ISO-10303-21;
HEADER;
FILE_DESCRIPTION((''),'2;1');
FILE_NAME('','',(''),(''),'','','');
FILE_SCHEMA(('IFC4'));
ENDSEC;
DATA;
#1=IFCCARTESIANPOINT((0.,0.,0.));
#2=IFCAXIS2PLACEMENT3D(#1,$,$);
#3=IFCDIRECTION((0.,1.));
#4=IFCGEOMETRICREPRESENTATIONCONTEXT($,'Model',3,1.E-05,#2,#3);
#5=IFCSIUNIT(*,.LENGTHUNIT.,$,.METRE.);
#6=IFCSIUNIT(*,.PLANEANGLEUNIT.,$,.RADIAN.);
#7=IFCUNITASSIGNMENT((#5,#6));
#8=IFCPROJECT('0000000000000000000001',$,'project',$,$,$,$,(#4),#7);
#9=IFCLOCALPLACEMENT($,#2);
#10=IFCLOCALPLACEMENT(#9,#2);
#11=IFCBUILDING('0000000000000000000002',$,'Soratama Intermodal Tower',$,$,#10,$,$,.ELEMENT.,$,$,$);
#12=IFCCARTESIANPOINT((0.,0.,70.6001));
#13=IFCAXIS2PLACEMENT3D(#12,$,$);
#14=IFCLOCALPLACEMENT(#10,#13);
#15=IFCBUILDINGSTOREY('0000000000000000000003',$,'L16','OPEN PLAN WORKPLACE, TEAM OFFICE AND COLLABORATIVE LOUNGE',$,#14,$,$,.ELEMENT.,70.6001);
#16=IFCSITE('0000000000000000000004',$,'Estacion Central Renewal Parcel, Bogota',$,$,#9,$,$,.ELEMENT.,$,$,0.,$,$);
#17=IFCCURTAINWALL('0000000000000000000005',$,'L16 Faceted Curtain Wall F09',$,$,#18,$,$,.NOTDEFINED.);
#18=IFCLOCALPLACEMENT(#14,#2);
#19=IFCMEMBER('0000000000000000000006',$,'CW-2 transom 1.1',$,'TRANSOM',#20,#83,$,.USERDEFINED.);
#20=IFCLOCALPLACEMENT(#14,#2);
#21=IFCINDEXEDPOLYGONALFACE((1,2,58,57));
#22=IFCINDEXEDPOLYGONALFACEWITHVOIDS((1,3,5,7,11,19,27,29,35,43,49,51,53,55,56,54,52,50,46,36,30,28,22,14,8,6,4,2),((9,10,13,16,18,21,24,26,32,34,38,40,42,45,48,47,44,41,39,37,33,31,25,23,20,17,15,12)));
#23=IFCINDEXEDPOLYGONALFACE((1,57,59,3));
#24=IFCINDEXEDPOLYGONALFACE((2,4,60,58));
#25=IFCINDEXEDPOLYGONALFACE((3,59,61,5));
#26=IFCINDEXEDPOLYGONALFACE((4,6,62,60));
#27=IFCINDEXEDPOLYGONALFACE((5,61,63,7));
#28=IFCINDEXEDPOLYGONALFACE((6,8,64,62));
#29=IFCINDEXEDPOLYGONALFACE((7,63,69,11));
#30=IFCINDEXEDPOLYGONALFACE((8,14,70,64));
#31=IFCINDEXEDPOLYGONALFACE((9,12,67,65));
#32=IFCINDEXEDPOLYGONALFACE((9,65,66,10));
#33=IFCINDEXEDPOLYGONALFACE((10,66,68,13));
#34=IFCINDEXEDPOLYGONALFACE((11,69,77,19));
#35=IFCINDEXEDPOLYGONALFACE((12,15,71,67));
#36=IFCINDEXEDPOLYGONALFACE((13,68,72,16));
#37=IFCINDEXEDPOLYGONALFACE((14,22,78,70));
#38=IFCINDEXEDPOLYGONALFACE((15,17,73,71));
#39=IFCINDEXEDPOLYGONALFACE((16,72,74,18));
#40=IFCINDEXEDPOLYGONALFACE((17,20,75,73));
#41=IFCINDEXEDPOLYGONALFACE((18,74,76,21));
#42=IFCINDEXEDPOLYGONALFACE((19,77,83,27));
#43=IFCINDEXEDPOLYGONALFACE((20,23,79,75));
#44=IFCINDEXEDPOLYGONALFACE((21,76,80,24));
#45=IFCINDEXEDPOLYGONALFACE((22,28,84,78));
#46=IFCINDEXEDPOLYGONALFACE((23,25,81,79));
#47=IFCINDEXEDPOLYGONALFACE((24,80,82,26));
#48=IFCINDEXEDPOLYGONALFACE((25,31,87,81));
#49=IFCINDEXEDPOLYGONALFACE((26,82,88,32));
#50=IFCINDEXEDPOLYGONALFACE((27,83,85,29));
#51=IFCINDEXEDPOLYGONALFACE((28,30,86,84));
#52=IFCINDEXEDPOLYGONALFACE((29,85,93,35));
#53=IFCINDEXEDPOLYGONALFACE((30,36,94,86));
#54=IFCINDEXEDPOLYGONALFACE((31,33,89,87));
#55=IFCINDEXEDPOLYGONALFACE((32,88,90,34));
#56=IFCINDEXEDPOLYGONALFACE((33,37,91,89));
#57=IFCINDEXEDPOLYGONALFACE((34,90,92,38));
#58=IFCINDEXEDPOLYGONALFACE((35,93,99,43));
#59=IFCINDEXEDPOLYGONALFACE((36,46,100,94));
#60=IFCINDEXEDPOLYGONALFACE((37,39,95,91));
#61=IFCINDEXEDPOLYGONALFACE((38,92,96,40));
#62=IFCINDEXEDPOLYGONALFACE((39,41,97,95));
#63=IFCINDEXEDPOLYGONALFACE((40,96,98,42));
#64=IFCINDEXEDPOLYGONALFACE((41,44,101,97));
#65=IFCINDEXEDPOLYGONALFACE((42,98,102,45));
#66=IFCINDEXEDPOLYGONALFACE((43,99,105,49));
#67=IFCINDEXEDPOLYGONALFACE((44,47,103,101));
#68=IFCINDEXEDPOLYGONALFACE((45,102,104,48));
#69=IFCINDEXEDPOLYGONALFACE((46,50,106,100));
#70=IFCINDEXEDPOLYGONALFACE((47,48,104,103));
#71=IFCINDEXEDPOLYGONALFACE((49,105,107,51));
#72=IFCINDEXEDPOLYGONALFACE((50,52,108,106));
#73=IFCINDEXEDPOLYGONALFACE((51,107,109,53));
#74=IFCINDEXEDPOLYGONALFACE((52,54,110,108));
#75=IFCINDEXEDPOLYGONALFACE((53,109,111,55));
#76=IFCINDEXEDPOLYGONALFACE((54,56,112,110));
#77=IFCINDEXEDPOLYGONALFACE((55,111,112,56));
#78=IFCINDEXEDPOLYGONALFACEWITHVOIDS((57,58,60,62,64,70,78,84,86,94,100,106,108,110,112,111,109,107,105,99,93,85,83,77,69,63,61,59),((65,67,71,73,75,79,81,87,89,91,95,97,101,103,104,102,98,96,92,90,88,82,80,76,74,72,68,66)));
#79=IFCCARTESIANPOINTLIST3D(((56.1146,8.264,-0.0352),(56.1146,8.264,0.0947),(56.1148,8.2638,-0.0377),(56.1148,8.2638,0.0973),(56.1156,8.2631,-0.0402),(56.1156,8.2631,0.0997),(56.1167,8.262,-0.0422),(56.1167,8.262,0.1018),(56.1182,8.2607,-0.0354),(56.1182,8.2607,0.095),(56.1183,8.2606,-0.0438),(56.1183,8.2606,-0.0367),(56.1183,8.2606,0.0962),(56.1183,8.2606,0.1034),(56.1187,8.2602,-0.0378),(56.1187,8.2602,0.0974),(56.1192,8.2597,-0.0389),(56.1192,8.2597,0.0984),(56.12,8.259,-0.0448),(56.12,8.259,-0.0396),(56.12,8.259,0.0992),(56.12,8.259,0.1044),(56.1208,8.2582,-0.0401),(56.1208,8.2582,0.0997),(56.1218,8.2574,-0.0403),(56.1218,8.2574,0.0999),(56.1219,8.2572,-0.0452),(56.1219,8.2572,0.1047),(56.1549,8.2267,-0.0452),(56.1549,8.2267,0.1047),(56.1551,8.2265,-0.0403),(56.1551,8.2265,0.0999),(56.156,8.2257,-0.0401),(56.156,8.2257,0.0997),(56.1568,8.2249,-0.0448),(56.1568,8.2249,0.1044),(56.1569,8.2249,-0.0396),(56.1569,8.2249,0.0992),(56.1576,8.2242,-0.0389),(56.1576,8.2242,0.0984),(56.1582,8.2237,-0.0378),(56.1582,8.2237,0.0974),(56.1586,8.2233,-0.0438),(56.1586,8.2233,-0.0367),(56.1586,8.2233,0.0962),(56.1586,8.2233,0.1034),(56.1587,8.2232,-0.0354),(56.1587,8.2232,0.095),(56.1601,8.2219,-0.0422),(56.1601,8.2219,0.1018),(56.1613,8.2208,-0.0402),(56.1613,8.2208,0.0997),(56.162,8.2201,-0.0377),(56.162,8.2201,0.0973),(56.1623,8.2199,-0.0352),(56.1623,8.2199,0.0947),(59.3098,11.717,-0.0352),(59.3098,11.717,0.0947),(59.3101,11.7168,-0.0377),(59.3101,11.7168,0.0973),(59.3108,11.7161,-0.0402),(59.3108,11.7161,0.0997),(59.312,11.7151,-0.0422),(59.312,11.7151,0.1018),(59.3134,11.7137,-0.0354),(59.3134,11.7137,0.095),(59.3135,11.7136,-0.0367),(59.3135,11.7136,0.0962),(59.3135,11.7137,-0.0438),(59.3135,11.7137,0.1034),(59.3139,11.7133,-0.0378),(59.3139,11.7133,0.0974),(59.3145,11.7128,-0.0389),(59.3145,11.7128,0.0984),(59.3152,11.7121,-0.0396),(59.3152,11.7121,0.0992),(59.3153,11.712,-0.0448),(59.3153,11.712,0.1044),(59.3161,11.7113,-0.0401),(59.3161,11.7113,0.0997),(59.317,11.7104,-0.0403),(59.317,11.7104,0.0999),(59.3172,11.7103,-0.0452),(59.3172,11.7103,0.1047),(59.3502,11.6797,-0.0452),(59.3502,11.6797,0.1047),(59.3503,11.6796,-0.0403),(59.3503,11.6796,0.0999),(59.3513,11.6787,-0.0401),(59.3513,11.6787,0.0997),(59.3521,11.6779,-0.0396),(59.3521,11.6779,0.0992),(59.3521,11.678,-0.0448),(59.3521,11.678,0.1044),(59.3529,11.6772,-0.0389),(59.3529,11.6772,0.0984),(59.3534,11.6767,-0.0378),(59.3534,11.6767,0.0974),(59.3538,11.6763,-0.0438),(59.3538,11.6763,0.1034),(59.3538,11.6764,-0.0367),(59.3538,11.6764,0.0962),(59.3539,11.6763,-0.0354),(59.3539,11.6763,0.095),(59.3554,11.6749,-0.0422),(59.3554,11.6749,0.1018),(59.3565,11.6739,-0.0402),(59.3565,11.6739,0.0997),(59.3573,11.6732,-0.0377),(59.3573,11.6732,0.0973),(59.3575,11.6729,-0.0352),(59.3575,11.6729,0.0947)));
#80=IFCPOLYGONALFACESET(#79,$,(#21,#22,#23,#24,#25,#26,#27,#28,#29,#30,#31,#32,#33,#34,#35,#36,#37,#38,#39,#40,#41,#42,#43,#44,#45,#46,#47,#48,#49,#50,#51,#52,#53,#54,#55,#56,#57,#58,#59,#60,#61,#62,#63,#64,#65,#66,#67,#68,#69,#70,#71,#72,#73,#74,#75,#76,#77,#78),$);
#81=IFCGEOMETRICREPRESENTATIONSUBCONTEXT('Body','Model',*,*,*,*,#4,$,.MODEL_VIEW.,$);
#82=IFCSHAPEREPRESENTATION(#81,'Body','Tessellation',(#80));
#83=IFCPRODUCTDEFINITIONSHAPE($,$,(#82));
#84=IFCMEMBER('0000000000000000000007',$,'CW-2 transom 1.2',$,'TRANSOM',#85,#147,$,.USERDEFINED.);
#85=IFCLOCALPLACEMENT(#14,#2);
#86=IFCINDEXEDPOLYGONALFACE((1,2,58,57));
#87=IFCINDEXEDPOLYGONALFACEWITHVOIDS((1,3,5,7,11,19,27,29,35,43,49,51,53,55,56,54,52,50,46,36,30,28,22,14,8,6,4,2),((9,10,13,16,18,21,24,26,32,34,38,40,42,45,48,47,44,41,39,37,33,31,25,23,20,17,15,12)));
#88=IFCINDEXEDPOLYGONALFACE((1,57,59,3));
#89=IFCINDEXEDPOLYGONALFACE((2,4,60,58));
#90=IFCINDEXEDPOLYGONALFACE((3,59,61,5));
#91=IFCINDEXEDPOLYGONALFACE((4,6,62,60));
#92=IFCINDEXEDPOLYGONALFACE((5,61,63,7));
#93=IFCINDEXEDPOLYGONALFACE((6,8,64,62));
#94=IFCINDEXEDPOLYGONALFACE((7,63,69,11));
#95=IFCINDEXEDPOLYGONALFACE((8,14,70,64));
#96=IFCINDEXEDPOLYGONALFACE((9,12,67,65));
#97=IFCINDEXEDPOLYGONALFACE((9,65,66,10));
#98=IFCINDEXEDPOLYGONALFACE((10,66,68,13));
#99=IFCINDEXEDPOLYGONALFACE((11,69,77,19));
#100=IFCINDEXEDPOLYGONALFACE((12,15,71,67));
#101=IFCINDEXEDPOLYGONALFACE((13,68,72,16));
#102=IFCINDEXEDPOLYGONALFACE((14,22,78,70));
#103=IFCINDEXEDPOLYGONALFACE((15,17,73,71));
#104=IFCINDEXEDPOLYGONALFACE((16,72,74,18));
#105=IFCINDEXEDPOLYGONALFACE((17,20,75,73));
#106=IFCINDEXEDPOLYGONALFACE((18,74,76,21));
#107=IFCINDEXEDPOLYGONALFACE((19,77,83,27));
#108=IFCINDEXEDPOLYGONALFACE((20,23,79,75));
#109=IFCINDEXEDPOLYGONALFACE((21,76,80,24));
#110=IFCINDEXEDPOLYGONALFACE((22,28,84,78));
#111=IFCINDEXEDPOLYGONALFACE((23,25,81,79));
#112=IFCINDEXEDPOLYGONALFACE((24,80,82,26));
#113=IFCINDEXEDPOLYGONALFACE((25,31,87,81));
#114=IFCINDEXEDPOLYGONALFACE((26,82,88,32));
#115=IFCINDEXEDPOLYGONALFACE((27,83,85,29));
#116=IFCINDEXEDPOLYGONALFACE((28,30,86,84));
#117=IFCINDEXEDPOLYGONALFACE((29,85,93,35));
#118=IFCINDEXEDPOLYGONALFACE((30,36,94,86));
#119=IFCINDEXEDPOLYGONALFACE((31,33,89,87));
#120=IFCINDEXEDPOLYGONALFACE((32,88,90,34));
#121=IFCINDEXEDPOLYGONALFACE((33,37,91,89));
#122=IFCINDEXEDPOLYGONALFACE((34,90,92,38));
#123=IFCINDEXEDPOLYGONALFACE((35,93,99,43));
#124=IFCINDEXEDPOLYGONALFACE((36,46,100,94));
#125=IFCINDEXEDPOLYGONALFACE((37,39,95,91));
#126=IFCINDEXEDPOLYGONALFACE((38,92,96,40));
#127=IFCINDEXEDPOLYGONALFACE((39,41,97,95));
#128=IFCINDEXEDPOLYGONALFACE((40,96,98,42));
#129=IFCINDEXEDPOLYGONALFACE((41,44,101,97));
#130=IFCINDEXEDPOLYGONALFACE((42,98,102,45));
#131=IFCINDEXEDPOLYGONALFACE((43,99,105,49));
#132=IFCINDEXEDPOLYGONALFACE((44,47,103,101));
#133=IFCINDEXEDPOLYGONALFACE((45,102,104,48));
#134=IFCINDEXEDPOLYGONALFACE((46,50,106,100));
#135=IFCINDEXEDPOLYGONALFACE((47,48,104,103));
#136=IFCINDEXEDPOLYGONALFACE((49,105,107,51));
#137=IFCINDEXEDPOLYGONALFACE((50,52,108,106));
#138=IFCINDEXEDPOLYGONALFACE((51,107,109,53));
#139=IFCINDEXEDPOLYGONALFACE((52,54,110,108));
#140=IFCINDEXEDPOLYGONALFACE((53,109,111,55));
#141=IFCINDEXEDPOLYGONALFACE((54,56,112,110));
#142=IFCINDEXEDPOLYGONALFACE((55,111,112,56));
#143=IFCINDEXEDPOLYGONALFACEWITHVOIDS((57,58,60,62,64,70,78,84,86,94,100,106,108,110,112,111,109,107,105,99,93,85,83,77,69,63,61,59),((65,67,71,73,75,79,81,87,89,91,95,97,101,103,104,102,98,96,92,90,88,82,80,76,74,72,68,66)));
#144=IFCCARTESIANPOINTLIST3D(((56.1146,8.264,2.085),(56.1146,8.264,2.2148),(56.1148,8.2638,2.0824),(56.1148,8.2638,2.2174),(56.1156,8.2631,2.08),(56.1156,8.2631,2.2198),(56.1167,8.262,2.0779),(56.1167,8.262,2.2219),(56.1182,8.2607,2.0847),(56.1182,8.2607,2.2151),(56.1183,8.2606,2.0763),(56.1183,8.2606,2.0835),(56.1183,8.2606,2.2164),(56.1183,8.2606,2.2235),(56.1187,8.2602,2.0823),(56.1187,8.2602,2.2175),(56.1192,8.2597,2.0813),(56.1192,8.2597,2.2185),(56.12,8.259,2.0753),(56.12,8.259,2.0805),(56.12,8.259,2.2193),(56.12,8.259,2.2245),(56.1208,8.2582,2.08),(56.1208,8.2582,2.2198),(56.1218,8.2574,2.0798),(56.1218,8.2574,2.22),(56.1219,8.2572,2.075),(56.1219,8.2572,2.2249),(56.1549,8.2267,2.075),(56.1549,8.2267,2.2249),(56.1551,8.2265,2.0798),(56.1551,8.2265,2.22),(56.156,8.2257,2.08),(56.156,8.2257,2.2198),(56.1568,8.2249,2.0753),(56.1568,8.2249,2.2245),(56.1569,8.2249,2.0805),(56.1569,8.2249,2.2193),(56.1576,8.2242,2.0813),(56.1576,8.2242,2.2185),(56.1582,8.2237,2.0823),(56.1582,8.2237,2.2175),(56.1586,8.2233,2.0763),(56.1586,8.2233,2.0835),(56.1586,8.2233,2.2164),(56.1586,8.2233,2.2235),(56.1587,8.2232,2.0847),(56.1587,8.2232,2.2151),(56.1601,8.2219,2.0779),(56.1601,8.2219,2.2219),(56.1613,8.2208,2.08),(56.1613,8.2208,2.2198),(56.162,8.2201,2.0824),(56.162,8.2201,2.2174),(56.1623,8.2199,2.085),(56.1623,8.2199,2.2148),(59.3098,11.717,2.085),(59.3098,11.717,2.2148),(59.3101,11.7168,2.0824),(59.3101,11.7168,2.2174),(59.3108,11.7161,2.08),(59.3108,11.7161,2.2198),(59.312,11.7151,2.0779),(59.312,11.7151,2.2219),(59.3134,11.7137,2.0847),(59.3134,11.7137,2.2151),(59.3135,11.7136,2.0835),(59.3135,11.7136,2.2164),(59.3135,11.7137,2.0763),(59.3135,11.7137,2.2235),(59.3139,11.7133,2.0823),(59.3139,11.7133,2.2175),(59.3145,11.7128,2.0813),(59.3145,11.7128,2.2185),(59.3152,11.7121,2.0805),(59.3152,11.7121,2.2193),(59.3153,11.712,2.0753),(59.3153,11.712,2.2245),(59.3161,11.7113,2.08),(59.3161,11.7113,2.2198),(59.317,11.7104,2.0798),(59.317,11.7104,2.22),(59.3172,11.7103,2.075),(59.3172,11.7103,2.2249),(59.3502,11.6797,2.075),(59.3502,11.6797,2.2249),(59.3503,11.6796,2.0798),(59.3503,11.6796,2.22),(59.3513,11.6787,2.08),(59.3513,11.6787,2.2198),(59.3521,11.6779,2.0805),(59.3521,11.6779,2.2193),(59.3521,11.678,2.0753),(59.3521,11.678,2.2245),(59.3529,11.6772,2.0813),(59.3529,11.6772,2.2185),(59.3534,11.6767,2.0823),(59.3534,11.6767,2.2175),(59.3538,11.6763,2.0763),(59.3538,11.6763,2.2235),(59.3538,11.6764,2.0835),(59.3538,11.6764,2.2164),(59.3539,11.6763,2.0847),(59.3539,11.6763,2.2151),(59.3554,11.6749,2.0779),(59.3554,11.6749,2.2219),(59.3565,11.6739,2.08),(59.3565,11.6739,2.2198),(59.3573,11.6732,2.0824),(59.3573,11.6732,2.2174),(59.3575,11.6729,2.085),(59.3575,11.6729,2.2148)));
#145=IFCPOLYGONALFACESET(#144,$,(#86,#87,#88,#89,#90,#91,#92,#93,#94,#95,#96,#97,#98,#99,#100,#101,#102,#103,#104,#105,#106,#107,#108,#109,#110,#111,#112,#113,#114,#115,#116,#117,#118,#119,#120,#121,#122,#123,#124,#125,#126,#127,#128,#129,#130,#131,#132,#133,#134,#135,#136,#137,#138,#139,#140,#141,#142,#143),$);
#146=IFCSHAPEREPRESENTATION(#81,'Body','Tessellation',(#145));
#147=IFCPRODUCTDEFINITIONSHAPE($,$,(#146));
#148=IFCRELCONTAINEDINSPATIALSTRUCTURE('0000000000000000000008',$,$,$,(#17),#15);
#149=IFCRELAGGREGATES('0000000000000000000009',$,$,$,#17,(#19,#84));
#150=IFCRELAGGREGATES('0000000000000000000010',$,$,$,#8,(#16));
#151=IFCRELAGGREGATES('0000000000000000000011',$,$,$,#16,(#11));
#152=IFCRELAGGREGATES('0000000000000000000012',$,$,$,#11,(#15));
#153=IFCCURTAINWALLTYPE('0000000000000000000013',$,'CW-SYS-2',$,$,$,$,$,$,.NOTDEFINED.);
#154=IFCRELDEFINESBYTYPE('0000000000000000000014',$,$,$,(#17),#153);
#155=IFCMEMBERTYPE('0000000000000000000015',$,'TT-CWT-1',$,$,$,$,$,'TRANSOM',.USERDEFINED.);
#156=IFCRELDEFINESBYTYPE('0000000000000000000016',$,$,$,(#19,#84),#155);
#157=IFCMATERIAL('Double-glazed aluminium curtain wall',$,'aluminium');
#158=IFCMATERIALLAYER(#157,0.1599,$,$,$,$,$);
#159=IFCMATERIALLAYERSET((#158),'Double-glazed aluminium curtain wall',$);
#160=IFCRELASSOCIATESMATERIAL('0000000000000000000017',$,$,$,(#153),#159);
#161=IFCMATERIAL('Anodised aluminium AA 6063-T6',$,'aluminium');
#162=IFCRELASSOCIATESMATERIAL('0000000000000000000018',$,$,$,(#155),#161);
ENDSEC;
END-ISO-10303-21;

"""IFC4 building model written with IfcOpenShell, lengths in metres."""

from ifc_helpers import new_model, si_unit, direction, frame, origin, origin_2d, place, context, subcontext, project, spatial, hollow_rectangle, extrude, material, layer, layer_set, material_profile, profile_set, type_object, element, aggregate, save


model = new_model("IFC4")

# Units and contexts
model_context = context("Model", 3, precision=1e-05, world=origin(), true_north=direction((0.0, 1.0)))
body_context = subcontext(model_context, "Body", "Model", "MODEL_VIEW")
ifc_project = project(units=[si_unit("LENGTHUNIT", "METRE"), si_unit("PLANEANGLEUNIT", "RADIAN")], contexts=[model_context])

# Site, building, storey
site_placement = place(None, origin())
site = spatial("IfcSite", under=ifc_project, at=site_placement, Name="Estacion Central Renewal Parcel, Bogota", CompositionType="ELEMENT", RefElevation=0.0)
building_placement = place(site_placement, origin())
building = spatial("IfcBuilding", under=site, at=building_placement, Name="Soratama Intermodal Tower", CompositionType="ELEMENT")
storey_placement = place(building_placement, frame((0.0, 0.0, 70.6001)))
storey = spatial("IfcBuildingStorey", under=building, at=storey_placement, Name="L16", Description="OPEN PLAN WORKPLACE, TEAM OFFICE AND COLLABORATIVE LOUNGE", CompositionType="ELEMENT", Elevation=70.6001)

# Curtain wall, members
ifc_material_1 = material(Name="Double-glazed aluminium curtain wall", Category="aluminium")
ifc_layer_1 = layer(ifc_material_1, 0.1599)
ifc_layer_set_1 = layer_set([ifc_layer_1], Name="Double-glazed aluminium curtain wall")
curtain_wall_type = type_object("IfcCurtainWallType", Name="CW-SYS-2", PredefinedType="NOTDEFINED", material=ifc_layer_set_1)
curtain_wall_placement = place(storey_placement, origin())
curtain_wall = element("IfcCurtainWall", 1, at=curtain_wall_placement, inside=storey, type_object=curtain_wall_type, Name="L16 Faceted Curtain Wall F09", PredefinedType="NOTDEFINED")
ifc_material_2 = material(Name="Anodised aluminium AA 6063-T6", Category="aluminium")
ifc_material_profile_1 = material_profile(ifc_material_2, hollow_rectangle(XDim=0.0649, YDim=0.1499, WallThickness=0.0049, InnerFilletRadius=0.0049, OuterFilletRadius=0.01, at=origin_2d()), Name="CWT150X65X5")
ifc_profile_set_1 = profile_set([ifc_material_profile_1], Name="Anodised aluminium AA 6063-T6")
member_type_1 = type_object("IfcMemberType", Name="TT-CWT-1", ElementType="TRANSOM", PredefinedType="USERDEFINED", material=ifc_profile_set_1)
member_1_placement = place(storey_placement, frame((56.1384, 8.2419, 0.0298), z_axis=(0.679176, 0.733975, 0.0), x_axis=(-0.733975, 0.679176, 0.0)))
member_1 = element("IfcMember", 2, at=member_1_placement, type_object=member_type_1, Name="CW-2 transom 1.1", ObjectType="TRANSOM", PredefinedType="USERDEFINED", context=body_context, shape_type="SweptSolid", body=[
    extrude(hollow_rectangle(XDim=0.0649, YDim=0.1499, WallThickness=0.0049, InnerFilletRadius=0.0049, OuterFilletRadius=0.01, at=origin_2d()), origin(), (0.0, 0.0, 1.0), 4.7046),
])
member_2_placement = place(storey_placement, frame((56.1384, 8.2419, 2.1499), z_axis=(0.679176, 0.733975, 0.0), x_axis=(-0.733975, 0.679176, 0.0)))
member_2 = element("IfcMember", 3, at=member_2_placement, type_object=member_type_1, Name="CW-2 transom 1.2", ObjectType="TRANSOM", PredefinedType="USERDEFINED", context=body_context, shape_type="SweptSolid", body=[
    extrude(hollow_rectangle(XDim=0.0649, YDim=0.1499, WallThickness=0.0049, InnerFilletRadius=0.0049, OuterFilletRadius=0.01, at=origin_2d()), origin(), (0.0, 0.0, 1.0), 4.7046),
])
aggregate(curtain_wall, [member_1, member_2])

save(model, "model.ifc")
